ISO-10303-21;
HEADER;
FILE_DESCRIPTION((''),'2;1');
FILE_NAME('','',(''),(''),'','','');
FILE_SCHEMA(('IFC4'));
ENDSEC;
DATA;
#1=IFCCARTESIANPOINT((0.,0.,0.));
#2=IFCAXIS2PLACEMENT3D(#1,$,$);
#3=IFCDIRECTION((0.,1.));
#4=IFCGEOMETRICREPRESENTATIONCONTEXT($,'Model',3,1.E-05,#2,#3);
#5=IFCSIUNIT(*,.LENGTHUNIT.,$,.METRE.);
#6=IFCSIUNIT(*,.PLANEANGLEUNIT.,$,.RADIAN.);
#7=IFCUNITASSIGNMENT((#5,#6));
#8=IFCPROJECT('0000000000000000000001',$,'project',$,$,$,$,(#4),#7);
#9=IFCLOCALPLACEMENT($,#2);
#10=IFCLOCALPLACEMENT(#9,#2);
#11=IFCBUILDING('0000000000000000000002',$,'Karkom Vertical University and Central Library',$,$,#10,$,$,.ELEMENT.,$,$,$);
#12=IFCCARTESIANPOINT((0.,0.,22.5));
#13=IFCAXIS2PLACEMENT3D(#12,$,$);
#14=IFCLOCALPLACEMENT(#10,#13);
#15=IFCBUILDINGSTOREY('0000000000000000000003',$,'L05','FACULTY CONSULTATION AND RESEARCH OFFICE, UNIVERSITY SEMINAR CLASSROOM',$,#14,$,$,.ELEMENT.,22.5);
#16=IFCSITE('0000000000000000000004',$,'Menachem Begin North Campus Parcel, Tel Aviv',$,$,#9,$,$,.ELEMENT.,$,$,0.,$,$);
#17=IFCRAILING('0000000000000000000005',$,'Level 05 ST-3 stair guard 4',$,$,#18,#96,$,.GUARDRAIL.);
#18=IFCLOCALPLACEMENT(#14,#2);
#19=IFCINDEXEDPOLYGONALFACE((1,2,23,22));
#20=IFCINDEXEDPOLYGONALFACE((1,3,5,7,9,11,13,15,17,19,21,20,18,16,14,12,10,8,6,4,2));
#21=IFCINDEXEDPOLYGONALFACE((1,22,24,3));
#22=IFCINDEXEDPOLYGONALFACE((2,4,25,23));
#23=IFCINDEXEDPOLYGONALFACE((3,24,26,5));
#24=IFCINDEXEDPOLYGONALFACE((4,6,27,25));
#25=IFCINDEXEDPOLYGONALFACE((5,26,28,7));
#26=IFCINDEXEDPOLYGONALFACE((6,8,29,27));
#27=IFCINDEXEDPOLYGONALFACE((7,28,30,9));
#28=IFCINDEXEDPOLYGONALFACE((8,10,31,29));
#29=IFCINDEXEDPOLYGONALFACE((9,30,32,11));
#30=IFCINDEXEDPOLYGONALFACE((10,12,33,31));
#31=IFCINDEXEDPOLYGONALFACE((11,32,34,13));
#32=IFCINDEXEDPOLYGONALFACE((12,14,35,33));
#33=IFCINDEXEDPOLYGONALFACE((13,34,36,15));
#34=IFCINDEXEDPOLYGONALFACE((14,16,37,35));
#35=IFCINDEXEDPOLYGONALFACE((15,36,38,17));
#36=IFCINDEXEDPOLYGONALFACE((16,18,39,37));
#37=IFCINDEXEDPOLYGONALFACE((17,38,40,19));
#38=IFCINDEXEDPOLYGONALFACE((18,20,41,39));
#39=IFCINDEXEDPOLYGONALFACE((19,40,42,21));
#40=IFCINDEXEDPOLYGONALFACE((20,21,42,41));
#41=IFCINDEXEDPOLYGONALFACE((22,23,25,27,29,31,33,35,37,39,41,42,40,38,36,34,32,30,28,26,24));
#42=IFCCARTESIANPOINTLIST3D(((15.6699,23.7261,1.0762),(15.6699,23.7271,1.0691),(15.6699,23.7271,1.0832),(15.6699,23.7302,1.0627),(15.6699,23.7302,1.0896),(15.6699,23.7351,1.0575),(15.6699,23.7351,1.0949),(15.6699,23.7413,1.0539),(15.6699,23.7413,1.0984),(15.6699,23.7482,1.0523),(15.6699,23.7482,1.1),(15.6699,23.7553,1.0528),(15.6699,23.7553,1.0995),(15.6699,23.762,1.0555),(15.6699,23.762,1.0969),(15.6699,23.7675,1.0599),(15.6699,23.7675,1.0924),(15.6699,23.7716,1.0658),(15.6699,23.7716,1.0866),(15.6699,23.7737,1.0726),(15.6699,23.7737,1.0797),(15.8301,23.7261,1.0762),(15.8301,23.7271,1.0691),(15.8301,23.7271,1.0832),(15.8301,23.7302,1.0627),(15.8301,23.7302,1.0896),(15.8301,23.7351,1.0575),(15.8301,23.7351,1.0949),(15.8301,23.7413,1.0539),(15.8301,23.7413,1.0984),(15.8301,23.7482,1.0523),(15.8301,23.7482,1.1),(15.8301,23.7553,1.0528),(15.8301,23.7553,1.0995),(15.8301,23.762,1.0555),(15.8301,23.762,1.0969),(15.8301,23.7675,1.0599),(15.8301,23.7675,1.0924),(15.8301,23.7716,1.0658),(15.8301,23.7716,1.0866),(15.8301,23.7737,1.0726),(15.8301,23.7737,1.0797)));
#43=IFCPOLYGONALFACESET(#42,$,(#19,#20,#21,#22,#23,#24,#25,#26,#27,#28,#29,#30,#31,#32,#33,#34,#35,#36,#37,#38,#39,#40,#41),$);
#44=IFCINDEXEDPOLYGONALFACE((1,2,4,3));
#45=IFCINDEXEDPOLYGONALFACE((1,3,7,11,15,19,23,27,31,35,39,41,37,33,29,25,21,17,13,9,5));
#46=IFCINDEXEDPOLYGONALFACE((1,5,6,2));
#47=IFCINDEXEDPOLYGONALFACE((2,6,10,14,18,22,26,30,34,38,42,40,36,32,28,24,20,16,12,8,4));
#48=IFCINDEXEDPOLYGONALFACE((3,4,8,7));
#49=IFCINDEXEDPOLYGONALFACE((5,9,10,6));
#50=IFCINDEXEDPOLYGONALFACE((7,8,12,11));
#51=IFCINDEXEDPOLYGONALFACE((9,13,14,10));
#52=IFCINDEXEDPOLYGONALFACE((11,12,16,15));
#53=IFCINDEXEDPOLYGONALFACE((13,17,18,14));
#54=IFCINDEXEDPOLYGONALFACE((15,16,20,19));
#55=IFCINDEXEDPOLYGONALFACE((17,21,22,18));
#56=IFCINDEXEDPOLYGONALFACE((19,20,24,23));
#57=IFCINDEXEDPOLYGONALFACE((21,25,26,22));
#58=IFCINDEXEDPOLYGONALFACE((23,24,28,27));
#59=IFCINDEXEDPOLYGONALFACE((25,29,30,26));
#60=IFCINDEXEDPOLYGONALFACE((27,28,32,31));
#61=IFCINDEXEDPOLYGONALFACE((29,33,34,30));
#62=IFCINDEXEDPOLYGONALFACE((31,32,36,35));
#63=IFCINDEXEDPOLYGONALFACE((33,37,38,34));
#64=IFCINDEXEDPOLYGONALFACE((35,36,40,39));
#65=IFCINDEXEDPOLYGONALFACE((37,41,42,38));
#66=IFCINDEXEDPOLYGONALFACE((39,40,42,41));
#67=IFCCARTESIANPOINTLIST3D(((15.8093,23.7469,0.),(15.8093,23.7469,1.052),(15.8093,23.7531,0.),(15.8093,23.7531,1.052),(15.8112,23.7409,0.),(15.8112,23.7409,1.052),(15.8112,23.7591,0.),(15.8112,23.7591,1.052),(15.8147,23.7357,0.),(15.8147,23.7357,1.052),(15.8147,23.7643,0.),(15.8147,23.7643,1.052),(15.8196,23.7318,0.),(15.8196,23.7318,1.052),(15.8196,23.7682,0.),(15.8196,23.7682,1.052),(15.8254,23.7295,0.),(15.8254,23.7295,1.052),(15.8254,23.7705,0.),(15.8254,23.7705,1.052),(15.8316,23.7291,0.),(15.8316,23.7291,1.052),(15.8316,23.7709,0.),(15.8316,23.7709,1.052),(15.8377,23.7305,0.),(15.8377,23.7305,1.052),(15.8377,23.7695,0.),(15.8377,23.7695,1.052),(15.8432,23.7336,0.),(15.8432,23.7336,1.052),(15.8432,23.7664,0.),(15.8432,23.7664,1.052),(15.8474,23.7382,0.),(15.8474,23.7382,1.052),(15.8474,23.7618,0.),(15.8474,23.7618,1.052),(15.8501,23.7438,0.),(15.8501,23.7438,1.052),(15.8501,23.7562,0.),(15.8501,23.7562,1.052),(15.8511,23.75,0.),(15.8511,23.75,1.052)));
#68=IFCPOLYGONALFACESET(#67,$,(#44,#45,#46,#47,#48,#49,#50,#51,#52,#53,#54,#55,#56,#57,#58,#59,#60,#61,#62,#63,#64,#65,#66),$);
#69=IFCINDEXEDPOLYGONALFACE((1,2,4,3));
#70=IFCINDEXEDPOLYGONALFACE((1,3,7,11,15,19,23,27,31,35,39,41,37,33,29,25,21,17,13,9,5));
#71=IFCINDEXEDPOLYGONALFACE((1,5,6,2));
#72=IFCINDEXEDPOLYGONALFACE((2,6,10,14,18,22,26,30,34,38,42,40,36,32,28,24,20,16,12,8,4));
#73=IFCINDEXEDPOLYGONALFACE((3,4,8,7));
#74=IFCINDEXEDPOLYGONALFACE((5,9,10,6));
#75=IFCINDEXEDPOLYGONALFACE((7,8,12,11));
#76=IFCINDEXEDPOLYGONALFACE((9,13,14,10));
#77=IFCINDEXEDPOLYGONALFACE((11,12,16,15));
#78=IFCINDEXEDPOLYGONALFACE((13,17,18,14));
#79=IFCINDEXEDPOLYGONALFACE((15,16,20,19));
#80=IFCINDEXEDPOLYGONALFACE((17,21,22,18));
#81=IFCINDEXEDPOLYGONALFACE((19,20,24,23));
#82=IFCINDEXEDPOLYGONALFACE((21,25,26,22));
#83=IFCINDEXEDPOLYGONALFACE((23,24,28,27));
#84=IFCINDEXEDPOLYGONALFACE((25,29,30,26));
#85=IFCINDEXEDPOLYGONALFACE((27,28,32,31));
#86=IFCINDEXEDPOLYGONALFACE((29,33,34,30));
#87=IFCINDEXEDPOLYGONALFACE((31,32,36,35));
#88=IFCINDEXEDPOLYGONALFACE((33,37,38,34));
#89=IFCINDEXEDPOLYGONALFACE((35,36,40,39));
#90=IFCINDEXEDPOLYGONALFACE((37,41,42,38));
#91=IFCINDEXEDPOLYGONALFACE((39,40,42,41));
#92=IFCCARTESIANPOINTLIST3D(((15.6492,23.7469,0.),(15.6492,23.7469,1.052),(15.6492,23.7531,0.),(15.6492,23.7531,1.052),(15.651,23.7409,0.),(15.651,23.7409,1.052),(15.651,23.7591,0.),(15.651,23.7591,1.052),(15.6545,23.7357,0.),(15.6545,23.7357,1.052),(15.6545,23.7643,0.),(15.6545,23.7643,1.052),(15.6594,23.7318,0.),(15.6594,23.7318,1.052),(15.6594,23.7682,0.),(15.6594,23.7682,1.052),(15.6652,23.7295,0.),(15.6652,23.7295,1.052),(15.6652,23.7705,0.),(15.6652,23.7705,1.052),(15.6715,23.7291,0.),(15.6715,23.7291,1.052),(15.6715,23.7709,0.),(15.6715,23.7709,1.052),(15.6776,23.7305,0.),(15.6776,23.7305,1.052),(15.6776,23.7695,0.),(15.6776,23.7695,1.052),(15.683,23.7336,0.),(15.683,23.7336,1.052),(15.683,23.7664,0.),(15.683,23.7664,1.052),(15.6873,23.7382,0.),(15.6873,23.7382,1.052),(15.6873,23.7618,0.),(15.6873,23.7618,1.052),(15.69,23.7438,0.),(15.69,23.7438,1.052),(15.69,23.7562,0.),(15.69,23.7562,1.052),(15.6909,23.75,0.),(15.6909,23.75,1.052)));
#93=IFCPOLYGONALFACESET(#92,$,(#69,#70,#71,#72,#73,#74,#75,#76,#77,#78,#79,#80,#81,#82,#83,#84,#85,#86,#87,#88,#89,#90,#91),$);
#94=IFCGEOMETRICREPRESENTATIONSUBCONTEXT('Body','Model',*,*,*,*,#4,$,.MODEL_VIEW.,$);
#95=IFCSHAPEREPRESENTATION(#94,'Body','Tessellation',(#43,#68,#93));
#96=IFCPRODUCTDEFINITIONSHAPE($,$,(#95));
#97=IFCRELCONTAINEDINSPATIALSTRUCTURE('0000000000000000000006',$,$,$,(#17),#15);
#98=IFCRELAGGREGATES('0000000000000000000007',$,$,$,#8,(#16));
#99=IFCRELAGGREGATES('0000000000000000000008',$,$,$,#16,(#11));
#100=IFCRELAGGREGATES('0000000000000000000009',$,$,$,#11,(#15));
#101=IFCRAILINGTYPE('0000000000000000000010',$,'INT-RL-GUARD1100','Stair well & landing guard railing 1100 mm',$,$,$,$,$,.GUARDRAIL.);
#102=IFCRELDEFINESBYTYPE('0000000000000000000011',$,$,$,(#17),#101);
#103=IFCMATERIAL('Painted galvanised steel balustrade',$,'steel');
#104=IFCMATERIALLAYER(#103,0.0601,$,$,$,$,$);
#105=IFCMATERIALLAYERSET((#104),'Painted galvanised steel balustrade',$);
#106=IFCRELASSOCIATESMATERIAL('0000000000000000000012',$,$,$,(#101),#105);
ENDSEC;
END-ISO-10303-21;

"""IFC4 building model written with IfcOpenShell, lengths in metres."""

from ifc_helpers import new_model, si_unit, direction, frame, origin, origin_2d, place, context, subcontext, project, spatial, circle, extrude, material, layer, layer_set, type_object, element, save


model = new_model("IFC4")

# Units and contexts
model_context = context("Model", 3, precision=1e-05, world=origin(), true_north=direction((0.0, 1.0)))
body_context = subcontext(model_context, "Body", "Model", "MODEL_VIEW")
ifc_project = project(units=[si_unit("LENGTHUNIT", "METRE"), si_unit("PLANEANGLEUNIT", "RADIAN")], contexts=[model_context])

# Site, building, storey
site_placement = place(None, origin())
site = spatial("IfcSite", under=ifc_project, at=site_placement, Name="Menachem Begin North Campus Parcel, Tel Aviv", CompositionType="ELEMENT", RefElevation=0.0)
building_placement = place(site_placement, origin())
building = spatial("IfcBuilding", under=site, at=building_placement, Name="Karkom Vertical University and Central Library", CompositionType="ELEMENT")
storey_placement = place(building_placement, frame((0.0, 0.0, 22.5)))
storey = spatial("IfcBuildingStorey", under=building, at=storey_placement, Name="L05", Description="FACULTY CONSULTATION AND RESEARCH OFFICE, UNIVERSITY SEMINAR CLASSROOM", CompositionType="ELEMENT", Elevation=22.5)

# Railing
ifc_material_1 = material(Name="Painted galvanised steel balustrade", Category="steel")
ifc_layer_1 = layer(ifc_material_1, 0.0601)
ifc_layer_set_1 = layer_set([ifc_layer_1], Name="Painted galvanised steel balustrade")
railing_type_1 = type_object("IfcRailingType", Name="INT-RL-GUARD1100", Description="Stair well & landing guard railing 1100 mm", PredefinedType="GUARDRAIL", material=ifc_layer_set_1)
railing_1_placement = place(storey_placement, frame((15.8301, 23.75, 0.0)))
element("IfcRailing", 1, at=railing_1_placement, inside=storey, type_object=railing_type_1, Name="Level 05 ST-3 stair guard 4", PredefinedType="GUARDRAIL", context=body_context, shape_type="SweptSolid", body=[
    extrude(circle(Radius=0.0239, at=origin_2d()), frame((0.0, 0.0, 1.0762), z_axis=(-1.0, 0.0, 0.0), x_axis=(0.0, -1.0, 0.0)), (0.0, 0.0, 1.0), 0.1602),
    extrude(circle(Radius=0.021, at=origin_2d()), origin(), (0.0, 0.0, 1.0), 1.052),
    extrude(circle(Radius=0.021, at=origin_2d()), frame((-0.1602, 0.0, 0.0)), (0.0, 0.0, 1.0), 1.052),
])

save(model, "model.ifc")
